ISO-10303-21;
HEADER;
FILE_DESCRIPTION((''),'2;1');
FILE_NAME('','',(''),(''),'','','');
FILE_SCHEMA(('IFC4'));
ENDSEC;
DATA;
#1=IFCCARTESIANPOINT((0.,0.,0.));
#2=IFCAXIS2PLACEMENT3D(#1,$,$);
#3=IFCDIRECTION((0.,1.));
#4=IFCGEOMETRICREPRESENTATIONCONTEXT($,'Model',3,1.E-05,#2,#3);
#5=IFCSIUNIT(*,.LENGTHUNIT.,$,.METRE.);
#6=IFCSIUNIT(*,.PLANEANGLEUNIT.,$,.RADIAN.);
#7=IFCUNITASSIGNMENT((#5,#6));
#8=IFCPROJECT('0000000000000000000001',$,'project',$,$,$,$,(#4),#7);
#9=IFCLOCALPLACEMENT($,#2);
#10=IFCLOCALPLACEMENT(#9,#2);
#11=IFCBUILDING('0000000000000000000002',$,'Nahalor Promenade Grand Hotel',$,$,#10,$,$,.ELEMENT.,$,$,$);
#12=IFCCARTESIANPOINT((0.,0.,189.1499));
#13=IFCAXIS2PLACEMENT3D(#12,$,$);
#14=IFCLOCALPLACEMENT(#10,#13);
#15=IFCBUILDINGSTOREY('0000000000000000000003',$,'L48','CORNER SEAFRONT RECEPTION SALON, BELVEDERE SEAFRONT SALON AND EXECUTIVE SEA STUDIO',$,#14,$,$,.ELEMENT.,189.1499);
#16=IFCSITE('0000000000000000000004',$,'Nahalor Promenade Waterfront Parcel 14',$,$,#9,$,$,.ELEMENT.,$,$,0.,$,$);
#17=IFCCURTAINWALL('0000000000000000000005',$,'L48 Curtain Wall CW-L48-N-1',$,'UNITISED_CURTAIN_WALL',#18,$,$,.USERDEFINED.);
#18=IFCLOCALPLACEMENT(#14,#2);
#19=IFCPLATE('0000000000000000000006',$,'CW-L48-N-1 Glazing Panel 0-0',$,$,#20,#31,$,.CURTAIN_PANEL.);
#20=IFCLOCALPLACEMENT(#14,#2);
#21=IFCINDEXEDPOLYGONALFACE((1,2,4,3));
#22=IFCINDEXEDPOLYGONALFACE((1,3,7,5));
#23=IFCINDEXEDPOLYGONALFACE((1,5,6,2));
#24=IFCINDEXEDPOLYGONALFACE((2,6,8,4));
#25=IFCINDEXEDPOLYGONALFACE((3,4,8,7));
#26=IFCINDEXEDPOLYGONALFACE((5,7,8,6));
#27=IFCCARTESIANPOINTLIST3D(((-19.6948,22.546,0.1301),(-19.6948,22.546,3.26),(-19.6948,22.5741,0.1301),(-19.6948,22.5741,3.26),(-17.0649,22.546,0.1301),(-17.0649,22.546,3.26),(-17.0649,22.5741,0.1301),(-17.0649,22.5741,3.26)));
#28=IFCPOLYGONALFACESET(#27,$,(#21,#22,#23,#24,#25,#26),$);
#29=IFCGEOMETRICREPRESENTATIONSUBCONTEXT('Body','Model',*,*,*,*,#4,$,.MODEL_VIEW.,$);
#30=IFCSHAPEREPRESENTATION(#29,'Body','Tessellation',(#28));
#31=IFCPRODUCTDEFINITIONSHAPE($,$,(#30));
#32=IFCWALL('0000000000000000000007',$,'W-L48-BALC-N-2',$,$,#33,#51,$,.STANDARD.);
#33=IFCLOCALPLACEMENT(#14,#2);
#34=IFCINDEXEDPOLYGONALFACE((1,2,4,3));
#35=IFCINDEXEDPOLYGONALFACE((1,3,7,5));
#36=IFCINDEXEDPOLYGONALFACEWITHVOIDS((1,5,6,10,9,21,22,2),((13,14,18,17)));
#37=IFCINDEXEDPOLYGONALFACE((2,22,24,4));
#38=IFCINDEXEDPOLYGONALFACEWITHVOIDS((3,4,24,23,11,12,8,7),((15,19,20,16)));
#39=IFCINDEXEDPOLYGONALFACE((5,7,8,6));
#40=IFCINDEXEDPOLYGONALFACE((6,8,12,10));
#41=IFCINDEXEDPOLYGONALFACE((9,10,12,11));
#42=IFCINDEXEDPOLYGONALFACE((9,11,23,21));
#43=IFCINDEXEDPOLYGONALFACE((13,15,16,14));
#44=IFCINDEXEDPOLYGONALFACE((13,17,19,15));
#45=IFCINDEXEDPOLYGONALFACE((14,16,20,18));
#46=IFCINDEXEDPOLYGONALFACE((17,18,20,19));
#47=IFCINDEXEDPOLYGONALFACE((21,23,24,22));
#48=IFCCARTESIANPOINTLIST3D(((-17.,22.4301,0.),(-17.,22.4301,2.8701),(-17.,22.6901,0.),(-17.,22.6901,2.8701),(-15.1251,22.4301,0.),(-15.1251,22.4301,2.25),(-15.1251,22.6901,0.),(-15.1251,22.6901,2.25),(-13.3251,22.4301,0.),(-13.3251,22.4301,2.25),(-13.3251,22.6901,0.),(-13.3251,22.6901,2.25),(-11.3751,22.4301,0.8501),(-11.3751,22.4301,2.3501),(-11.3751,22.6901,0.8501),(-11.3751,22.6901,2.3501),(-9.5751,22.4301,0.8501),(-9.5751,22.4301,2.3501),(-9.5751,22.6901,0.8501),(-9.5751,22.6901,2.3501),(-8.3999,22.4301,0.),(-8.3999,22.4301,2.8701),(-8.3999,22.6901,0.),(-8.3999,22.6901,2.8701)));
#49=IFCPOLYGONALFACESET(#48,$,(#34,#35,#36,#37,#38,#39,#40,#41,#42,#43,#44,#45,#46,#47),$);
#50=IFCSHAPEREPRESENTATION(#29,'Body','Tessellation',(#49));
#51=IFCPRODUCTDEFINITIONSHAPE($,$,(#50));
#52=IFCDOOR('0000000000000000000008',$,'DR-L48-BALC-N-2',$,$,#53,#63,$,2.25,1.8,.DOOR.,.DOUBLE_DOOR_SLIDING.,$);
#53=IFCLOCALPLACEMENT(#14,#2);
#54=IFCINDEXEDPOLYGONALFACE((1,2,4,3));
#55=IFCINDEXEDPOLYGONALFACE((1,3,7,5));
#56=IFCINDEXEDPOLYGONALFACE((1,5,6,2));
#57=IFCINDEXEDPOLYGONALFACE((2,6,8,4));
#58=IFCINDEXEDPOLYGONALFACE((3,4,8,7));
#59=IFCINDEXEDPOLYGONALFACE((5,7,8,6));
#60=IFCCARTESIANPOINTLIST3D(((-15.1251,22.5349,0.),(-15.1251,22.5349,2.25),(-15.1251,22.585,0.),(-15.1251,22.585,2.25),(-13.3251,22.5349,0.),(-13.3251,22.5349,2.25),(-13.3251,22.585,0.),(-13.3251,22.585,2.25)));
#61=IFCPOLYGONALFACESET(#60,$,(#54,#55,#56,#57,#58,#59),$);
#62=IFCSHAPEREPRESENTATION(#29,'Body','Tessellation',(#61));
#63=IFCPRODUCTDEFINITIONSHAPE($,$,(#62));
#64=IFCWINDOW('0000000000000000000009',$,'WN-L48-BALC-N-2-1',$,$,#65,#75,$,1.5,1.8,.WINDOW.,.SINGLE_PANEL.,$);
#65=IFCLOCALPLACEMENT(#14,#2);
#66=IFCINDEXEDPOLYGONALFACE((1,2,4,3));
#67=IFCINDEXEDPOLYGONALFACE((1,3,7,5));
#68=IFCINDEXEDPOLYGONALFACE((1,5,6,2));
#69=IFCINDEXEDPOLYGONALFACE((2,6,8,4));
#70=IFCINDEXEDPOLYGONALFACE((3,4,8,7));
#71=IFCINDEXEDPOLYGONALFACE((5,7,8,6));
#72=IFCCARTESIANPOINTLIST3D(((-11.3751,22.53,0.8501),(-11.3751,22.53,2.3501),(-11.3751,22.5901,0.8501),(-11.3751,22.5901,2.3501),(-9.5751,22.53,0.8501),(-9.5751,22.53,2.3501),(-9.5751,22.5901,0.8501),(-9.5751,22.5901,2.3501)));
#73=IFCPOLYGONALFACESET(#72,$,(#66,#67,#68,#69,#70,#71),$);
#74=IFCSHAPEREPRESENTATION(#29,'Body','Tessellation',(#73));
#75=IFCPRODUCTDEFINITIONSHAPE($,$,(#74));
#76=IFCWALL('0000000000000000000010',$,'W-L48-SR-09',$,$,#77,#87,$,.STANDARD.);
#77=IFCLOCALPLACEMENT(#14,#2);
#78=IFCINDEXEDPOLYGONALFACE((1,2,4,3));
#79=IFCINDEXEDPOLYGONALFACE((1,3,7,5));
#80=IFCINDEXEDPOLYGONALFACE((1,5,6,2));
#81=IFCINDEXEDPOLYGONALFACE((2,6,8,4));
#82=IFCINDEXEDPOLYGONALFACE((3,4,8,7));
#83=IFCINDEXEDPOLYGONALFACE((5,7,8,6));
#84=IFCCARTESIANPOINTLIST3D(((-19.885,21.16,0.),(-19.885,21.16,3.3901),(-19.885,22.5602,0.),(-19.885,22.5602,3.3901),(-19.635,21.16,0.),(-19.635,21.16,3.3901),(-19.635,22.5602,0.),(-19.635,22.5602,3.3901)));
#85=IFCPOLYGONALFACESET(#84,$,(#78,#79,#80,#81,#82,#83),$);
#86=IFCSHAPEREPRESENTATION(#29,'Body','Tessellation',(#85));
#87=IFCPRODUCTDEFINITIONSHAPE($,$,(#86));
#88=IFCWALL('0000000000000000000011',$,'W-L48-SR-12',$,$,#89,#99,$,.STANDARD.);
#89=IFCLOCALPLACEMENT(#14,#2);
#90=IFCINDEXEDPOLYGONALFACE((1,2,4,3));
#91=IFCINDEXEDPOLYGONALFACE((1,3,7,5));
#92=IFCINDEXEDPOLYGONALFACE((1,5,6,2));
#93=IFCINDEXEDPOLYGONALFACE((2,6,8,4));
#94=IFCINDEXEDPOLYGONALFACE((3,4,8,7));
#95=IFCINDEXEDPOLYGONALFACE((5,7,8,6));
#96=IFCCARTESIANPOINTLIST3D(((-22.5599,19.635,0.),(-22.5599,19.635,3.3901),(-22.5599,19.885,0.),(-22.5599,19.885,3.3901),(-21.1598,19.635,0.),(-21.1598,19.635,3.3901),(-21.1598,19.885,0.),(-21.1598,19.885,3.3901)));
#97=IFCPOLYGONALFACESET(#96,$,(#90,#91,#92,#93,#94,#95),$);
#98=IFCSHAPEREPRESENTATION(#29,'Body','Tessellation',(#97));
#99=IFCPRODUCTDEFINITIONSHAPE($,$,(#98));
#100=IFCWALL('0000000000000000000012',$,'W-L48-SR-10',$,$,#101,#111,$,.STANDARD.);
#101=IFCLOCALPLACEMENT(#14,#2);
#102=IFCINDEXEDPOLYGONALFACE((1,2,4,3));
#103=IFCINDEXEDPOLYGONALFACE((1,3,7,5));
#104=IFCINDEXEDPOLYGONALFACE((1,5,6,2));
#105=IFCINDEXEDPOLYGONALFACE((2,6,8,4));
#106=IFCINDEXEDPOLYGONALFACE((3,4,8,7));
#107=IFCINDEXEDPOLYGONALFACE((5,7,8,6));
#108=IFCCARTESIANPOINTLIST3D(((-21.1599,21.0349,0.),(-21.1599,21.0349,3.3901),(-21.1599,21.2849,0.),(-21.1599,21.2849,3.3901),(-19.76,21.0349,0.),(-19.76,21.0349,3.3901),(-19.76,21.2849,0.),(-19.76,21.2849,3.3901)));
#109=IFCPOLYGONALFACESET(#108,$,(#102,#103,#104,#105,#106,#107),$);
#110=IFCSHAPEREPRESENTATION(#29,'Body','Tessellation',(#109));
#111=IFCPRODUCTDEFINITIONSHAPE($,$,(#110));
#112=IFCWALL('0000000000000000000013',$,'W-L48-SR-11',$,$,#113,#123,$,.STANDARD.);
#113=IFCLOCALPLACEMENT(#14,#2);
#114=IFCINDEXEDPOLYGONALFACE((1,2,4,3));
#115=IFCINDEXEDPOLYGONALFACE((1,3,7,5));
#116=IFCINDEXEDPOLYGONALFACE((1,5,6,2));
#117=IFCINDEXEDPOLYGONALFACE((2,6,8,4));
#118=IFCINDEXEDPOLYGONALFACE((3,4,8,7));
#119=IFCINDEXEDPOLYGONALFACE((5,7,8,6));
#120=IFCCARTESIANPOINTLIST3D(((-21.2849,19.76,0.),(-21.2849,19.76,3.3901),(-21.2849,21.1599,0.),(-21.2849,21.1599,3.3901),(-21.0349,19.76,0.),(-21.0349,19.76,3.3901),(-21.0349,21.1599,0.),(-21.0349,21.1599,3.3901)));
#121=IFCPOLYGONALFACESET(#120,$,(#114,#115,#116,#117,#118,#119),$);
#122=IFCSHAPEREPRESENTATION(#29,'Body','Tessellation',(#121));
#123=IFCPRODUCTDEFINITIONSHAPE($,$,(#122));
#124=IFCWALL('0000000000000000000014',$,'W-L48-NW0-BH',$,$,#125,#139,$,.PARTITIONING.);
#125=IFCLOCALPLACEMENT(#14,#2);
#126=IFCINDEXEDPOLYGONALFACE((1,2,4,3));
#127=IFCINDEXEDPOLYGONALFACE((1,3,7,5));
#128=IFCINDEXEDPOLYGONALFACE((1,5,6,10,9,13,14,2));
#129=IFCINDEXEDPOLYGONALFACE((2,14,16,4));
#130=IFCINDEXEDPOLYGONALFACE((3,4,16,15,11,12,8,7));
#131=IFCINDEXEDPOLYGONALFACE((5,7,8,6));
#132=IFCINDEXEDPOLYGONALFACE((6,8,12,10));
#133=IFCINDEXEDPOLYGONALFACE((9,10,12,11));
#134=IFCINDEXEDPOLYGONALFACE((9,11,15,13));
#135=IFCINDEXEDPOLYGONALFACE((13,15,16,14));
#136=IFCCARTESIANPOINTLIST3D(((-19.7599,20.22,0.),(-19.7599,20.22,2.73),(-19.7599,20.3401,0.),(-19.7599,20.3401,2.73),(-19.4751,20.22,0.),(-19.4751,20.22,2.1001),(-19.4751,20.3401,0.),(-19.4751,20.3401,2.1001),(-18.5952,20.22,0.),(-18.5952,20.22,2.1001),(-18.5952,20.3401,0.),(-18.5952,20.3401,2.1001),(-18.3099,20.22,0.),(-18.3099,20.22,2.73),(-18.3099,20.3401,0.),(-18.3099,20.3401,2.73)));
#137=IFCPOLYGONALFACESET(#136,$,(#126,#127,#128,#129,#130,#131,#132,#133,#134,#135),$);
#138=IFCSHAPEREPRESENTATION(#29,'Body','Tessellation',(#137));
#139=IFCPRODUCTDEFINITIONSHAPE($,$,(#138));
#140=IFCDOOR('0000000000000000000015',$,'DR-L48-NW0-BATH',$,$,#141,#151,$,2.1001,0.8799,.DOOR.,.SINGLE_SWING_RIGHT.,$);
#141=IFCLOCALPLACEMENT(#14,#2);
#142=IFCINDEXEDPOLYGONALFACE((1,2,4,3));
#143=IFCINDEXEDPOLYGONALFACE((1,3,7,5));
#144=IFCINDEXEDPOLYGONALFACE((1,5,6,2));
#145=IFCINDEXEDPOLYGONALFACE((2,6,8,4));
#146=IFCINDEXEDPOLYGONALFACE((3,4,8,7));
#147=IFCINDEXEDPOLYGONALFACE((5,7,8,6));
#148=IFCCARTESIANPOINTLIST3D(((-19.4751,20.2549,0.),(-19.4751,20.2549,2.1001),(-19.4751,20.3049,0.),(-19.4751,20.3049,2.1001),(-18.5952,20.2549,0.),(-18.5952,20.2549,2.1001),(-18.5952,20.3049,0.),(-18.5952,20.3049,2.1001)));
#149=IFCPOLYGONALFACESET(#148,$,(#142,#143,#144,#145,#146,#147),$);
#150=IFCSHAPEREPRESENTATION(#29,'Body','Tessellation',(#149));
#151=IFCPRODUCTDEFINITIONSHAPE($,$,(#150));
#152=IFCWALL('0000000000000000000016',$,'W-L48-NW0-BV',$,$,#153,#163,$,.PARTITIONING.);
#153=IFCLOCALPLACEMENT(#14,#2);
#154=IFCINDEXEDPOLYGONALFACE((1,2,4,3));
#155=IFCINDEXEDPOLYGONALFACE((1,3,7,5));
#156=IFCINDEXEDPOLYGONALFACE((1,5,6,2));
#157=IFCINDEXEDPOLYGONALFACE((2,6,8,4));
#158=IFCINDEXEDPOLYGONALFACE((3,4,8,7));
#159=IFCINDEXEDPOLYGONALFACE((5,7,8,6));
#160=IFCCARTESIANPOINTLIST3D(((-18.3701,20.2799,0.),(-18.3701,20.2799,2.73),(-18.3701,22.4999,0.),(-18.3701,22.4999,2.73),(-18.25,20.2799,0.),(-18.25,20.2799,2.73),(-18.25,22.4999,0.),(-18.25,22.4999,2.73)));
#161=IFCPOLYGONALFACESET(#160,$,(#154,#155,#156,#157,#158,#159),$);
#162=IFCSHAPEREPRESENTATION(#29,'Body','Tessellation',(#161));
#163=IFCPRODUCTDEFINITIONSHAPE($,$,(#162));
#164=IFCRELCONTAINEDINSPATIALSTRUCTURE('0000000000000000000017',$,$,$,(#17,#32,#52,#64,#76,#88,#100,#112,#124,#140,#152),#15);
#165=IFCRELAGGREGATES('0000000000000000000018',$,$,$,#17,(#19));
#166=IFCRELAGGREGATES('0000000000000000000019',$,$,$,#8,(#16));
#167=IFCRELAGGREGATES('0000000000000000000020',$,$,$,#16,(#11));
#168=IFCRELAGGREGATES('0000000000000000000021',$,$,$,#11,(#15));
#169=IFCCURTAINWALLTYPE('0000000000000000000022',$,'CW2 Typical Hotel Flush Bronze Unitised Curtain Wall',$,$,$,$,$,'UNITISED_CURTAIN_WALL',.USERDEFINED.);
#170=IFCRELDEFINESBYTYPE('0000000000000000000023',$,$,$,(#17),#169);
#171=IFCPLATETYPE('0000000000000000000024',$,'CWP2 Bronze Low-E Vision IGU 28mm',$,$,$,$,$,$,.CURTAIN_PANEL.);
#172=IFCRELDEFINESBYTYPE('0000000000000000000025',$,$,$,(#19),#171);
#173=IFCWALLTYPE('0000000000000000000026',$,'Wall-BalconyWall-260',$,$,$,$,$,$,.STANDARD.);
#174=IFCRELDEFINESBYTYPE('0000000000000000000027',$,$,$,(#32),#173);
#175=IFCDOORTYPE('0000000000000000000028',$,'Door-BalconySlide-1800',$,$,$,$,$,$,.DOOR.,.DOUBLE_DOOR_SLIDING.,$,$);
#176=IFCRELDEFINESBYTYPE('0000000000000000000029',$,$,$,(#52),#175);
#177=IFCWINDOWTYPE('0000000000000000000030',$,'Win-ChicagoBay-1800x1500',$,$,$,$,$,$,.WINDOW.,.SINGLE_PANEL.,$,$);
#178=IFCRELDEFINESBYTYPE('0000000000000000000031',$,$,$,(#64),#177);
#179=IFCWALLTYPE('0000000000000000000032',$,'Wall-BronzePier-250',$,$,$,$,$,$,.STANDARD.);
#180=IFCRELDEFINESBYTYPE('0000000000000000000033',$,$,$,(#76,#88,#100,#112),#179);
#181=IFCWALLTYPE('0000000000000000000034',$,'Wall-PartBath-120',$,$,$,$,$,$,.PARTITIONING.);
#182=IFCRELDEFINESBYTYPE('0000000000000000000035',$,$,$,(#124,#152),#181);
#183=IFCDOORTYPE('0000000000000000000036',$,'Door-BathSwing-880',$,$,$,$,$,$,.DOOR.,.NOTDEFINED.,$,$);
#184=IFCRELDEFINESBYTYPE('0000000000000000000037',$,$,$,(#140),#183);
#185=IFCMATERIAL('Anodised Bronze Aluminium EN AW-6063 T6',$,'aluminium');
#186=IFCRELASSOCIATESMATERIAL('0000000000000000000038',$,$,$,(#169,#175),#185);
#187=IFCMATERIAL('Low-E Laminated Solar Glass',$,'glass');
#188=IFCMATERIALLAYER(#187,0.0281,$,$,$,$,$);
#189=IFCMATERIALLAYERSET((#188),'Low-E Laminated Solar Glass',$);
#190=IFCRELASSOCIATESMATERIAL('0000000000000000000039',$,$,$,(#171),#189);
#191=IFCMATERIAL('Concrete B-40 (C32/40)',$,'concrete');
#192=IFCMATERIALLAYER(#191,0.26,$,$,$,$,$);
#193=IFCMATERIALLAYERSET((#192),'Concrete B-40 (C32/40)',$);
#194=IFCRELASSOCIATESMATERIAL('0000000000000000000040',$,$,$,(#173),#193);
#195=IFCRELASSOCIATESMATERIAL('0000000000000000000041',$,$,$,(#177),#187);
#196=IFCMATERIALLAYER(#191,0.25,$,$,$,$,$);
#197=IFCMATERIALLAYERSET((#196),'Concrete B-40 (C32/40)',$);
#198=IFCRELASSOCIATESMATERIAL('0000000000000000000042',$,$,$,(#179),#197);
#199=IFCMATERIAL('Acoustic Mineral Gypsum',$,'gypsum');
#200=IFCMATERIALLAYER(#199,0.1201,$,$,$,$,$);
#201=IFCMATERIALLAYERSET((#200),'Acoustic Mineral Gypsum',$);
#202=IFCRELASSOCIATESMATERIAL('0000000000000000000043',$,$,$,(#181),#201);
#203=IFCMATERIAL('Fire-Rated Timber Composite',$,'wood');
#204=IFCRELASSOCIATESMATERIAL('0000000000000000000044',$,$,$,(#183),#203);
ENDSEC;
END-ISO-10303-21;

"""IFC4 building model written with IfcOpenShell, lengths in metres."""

from ifc_helpers import new_model, si_unit, direction, frame, frame_2d, origin, origin_2d, place, context, subcontext, project, spatial, rectangle, extrude, source, transform, mapped, material, layer, layer_set, type_object, element, fill, aggregate, save


model = new_model("IFC4")

# Units and contexts
model_context = context("Model", 3, precision=1e-05, world=origin(), true_north=direction((0.0, 1.0)))
body_context = subcontext(model_context, "Body", "Model", "MODEL_VIEW")
ifc_project = project(units=[si_unit("LENGTHUNIT", "METRE"), si_unit("PLANEANGLEUNIT", "RADIAN")], contexts=[model_context])

# Site, building, storey
site_placement = place(None, origin())
site = spatial("IfcSite", under=ifc_project, at=site_placement, Name="Nahalor Promenade Waterfront Parcel 14", CompositionType="ELEMENT", RefElevation=0.0)
building_placement = place(site_placement, origin())
building = spatial("IfcBuilding", under=site, at=building_placement, Name="Nahalor Promenade Grand Hotel", CompositionType="ELEMENT")
storey_placement = place(building_placement, frame((0.0, 0.0, 189.1499)))
storey = spatial("IfcBuildingStorey", under=building, at=storey_placement, Name="L48", Description="CORNER SEAFRONT RECEPTION SALON, BELVEDERE SEAFRONT SALON AND EXECUTIVE SEA STUDIO", CompositionType="ELEMENT", Elevation=189.1499)

# Curtain wall
ifc_material_1 = material(Name="Anodised Bronze Aluminium EN AW-6063 T6", Category="aluminium")
curtain_wall_type = type_object("IfcCurtainWallType", Name="CW2 Typical Hotel Flush Bronze Unitised Curtain Wall", ElementType="UNITISED_CURTAIN_WALL", PredefinedType="USERDEFINED", material=ifc_material_1)
curtain_wall_1_placement = place(storey_placement, origin())
curtain_wall_1 = element("IfcCurtainWall", 1, at=curtain_wall_1_placement, inside=storey, type_object=curtain_wall_type, Name="L48 Curtain Wall CW-L48-N-1", ObjectType="UNITISED_CURTAIN_WALL", PredefinedType="USERDEFINED")

# Plate
ifc_material_2 = material(Name="Low-E Laminated Solar Glass", Category="glass")
ifc_layer_1 = layer(ifc_material_2, 0.0281)
ifc_layer_set_1 = layer_set([ifc_layer_1], Name="Low-E Laminated Solar Glass")
plate_type = type_object("IfcPlateType", Name="CWP2 Bronze Low-E Vision IGU 28mm", PredefinedType="CURTAIN_PANEL", material=ifc_layer_set_1)
shared_shape_1 = source(origin(), body_context, "Body", "SweptSolid", [
    extrude(rectangle(XDim=2.6299, YDim=0.0281, at=origin_2d()), origin(), (0.0, 0.0, 1.0), 3.1299),
])
plate_placement = place(storey_placement, frame((-18.3799, 22.5601, 0.1301), z_axis=(0.0, 0.0, 1.0), x_axis=(1.0, 0.0, 0.0)))
plate = element("IfcPlate", 2, at=plate_placement, type_object=plate_type, Name="CW-L48-N-1 Glazing Panel 0-0", PredefinedType="CURTAIN_PANEL", context=body_context, shape_type="MappedRepresentation", body=[
    mapped(shared_shape_1, transform((0.0, 0.0, 0.0), scale=1.0)),
])
aggregate(curtain_wall_1, [plate])

# Wall, openings, door, window
ifc_material_3 = material(Name="Concrete B-40 (C32/40)", Category="concrete")
ifc_layer_2 = layer(ifc_material_3, 0.26)
ifc_layer_set_2 = layer_set([ifc_layer_2], Name="Concrete B-40 (C32/40)")
wall_type_1 = type_object("IfcWallType", Name="Wall-BalconyWall-260", PredefinedType="STANDARD", material=ifc_layer_set_2)
shared_shape_2 = source(origin(), body_context, "Body", "SweptSolid", [
    extrude(rectangle(XDim=8.6001, YDim=0.26, at=frame_2d((4.3, 0.0))), origin(), (0.0, 0.0, 1.0), 2.8701),
])
wall_1_placement = place(storey_placement, frame((-17.0, 22.5601, 0.0), z_axis=(0.0, 0.0, 1.0), x_axis=(1.0, 0.0, 0.0)))
wall_1 = element("IfcWall", 3, at=wall_1_placement, inside=storey, type_object=wall_type_1, Name="W-L48-BALC-N-2", PredefinedType="STANDARD", context=body_context, shape_type="MappedRepresentation", body=[
    mapped(shared_shape_2, transform((0.0, 0.0, 0.0), scale=1.0)),
])
opening_1_placement = place(wall_1_placement, frame((1.875, 0.0, 0.0)))
opening_1 = element("IfcOpeningElement", 4, at=opening_1_placement, cuts=wall_1, PredefinedType="OPENING", context=body_context, shape_type="SweptSolid", body=[
    extrude(rectangle(XDim=1.8, YDim=2.25, at=frame_2d((0.8999, 1.125))), frame((0.0, 0.1399, 0.0), z_axis=(0.0, -1.0, 0.0), x_axis=(1.0, 0.0, 0.0)), (0.0, 0.0, 1.0), 0.28),
])
opening_2_placement = place(wall_1_placement, frame((5.625, 0.0, 0.8501)))
opening_2 = element("IfcOpeningElement", 5, at=opening_2_placement, cuts=wall_1, PredefinedType="OPENING", context=body_context, shape_type="SweptSolid", body=[
    extrude(rectangle(XDim=1.8, YDim=1.5, at=frame_2d((0.8999, 0.75))), frame((0.0, 0.1399, 0.0), z_axis=(0.0, -1.0, 0.0), x_axis=(1.0, 0.0, 0.0)), (0.0, 0.0, 1.0), 0.28),
])
door_type_1 = type_object("IfcDoorType", Name="Door-BalconySlide-1800", OperationType="DOUBLE_DOOR_SLIDING", PredefinedType="DOOR", material=ifc_material_1)
shared_shape_3 = source(origin(), body_context, "Body", "SweptSolid", [
    extrude(rectangle(XDim=1.8, YDim=2.25, at=frame_2d((0.8999, 1.125))), frame((0.0, 0.0249, 0.0), z_axis=(0.0, -1.0, 0.0), x_axis=(1.0, 0.0, 0.0)), (0.0, 0.0, 1.0), 0.05),
])
door_1_placement = place(opening_1_placement, origin())
door_1 = element("IfcDoor", 6, at=door_1_placement, inside=storey, type_object=door_type_1, Name="DR-L48-BALC-N-2", OperationType="DOUBLE_DOOR_SLIDING", OverallHeight=2.25, OverallWidth=1.8, PredefinedType="DOOR", context=body_context, shape_type="MappedRepresentation", body=[
    mapped(shared_shape_3, transform((0.0, 0.0, 0.0), scale=1.0)),
])
fill(opening_1, door_1)
window_type = type_object("IfcWindowType", Name="Win-ChicagoBay-1800x1500", PartitioningType="SINGLE_PANEL", PredefinedType="WINDOW", material=ifc_material_2)
shared_shape_4 = source(origin(), body_context, "Body", "SweptSolid", [
    extrude(rectangle(XDim=1.8, YDim=1.5, at=frame_2d((0.8999, 0.75))), frame((0.0, 0.03, 0.0), z_axis=(0.0, -1.0, 0.0), x_axis=(1.0, 0.0, 0.0)), (0.0, 0.0, 1.0), 0.0601),
])
window_placement = place(opening_2_placement, origin())
window = element("IfcWindow", 7, at=window_placement, inside=storey, type_object=window_type, Name="WN-L48-BALC-N-2-1", OverallHeight=1.5, OverallWidth=1.8, PartitioningType="SINGLE_PANEL", PredefinedType="WINDOW", context=body_context, shape_type="MappedRepresentation", body=[
    mapped(shared_shape_4, transform((0.0, 0.0, 0.0), scale=1.0)),
])
fill(opening_2, window)

# Walls
ifc_layer_3 = layer(ifc_material_3, 0.25)
ifc_layer_set_3 = layer_set([ifc_layer_3], Name="Concrete B-40 (C32/40)")
wall_type_2 = type_object("IfcWallType", Name="Wall-BronzePier-250", PredefinedType="STANDARD", material=ifc_layer_set_3)
shared_shape_5 = source(origin(), body_context, "Body", "SweptSolid", [
    extrude(rectangle(XDim=1.4001, YDim=0.25, at=frame_2d((0.7002, 0.0))), origin(), (0.0, 0.0, 1.0), 3.3901),
])
for number, where, z_axis, x_axis, name in (
    (8, (-19.76, 21.1599, 0.0), (0.0, 0.0, 1.0), (0.0, 1.0, 0.0), "W-L48-SR-09"),
    (9, (-22.5601, 19.76, 0.0), (0.0, 0.0, 1.0), (1.0, 0.0, 0.0), "W-L48-SR-12"),
):
    element("IfcWall", number, at=place(storey_placement, frame(where, z_axis=z_axis, x_axis=x_axis)), inside=storey, type_object=wall_type_2, Name=name, PredefinedType="STANDARD", context=body_context, shape_type="MappedRepresentation", body=[
        mapped(shared_shape_5, transform((0.0, 0.0, 0.0), scale=1.0)),
    ])
shared_shape_6 = source(origin(), body_context, "Body", "SweptSolid", [
    extrude(rectangle(XDim=1.3999, YDim=0.25, at=frame_2d((0.7, 0.0))), origin(), (0.0, 0.0, 1.0), 3.3901),
])
for number, where, z_axis, x_axis, name in (
    (10, (-21.1599, 21.1599, 0.0), (0.0, 0.0, 1.0), (1.0, 0.0, 0.0), "W-L48-SR-10"),
    (11, (-21.1599, 19.76, 0.0), (0.0, 0.0, 1.0), (0.0, 1.0, 0.0), "W-L48-SR-11"),
):
    element("IfcWall", number, at=place(storey_placement, frame(where, z_axis=z_axis, x_axis=x_axis)), inside=storey, type_object=wall_type_2, Name=name, PredefinedType="STANDARD", context=body_context, shape_type="MappedRepresentation", body=[
        mapped(shared_shape_6, transform((0.0, 0.0, 0.0), scale=1.0)),
    ])

# Wall, opening, door
ifc_material_4 = material(Name="Acoustic Mineral Gypsum", Category="gypsum")
ifc_layer_4 = layer(ifc_material_4, 0.1201)
ifc_layer_set_4 = layer_set([ifc_layer_4], Name="Acoustic Mineral Gypsum")
wall_type_3 = type_object("IfcWallType", Name="Wall-PartBath-120", PredefinedType="PARTITIONING", material=ifc_layer_set_4)
shared_shape_7 = source(origin(), body_context, "Body", "SweptSolid", [
    extrude(rectangle(XDim=1.45, YDim=0.1201, at=frame_2d((0.7251, 0.0))), origin(), (0.0, 0.0, 1.0), 2.73),
])
wall_2_placement = place(storey_placement, frame((-19.76, 20.28, 0.0), z_axis=(0.0, 0.0, 1.0), x_axis=(1.0, 0.0, 0.0)))
wall_2 = element("IfcWall", 12, at=wall_2_placement, inside=storey, type_object=wall_type_3, Name="W-L48-NW0-BH", PredefinedType="PARTITIONING", context=body_context, shape_type="MappedRepresentation", body=[
    mapped(shared_shape_7, transform((0.0, 0.0, 0.0), scale=1.0)),
])
opening_3_placement = place(wall_2_placement, frame((0.2849, 0.0, 0.0)))
opening_3 = element("IfcOpeningElement", 13, at=opening_3_placement, cuts=wall_2, PredefinedType="OPENING", context=body_context, shape_type="SweptSolid", body=[
    extrude(rectangle(XDim=0.8799, YDim=2.1001, at=frame_2d((0.4399, 1.05))), frame((0.0, 0.0701, 0.0), z_axis=(0.0, -1.0, 0.0), x_axis=(1.0, 0.0, 0.0)), (0.0, 0.0, 1.0), 0.1401),
])
ifc_material_5 = material(Name="Fire-Rated Timber Composite", Category="wood")
door_type_2 = type_object("IfcDoorType", Name="Door-BathSwing-880", OperationType="NOTDEFINED", PredefinedType="DOOR", material=ifc_material_5)
shared_shape_8 = source(origin(), body_context, "Body", "SweptSolid", [
    extrude(rectangle(XDim=0.8799, YDim=2.1001, at=frame_2d((0.4399, 1.05))), frame((0.0, 0.0249, 0.0), z_axis=(0.0, -1.0, 0.0), x_axis=(1.0, 0.0, 0.0)), (0.0, 0.0, 1.0), 0.05),
])
door_2_placement = place(opening_3_placement, origin())
door_2 = element("IfcDoor", 14, at=door_2_placement, inside=storey, type_object=door_type_2, Name="DR-L48-NW0-BATH", OperationType="SINGLE_SWING_RIGHT", OverallHeight=2.1001, OverallWidth=0.8799, PredefinedType="DOOR", context=body_context, shape_type="MappedRepresentation", body=[
    mapped(shared_shape_8, transform((0.0, 0.0, 0.0), scale=1.0)),
])
fill(opening_3, door_2)

# Wall
shared_shape_9 = source(origin(), body_context, "Body", "SweptSolid", [
    extrude(rectangle(XDim=2.22, YDim=0.1201, at=frame_2d((1.1099, 0.0))), origin(), (0.0, 0.0, 1.0), 2.73),
])
wall_3_placement = place(storey_placement, frame((-18.3101, 20.28, 0.0), z_axis=(0.0, 0.0, 1.0), x_axis=(0.0, 1.0, 0.0)))
element("IfcWall", 15, at=wall_3_placement, inside=storey, type_object=wall_type_3, Name="W-L48-NW0-BV", PredefinedType="PARTITIONING", context=body_context, shape_type="MappedRepresentation", body=[
    mapped(shared_shape_9, transform((0.0, 0.0, 0.0), scale=1.0)),
])

save(model, "model.ifc")
